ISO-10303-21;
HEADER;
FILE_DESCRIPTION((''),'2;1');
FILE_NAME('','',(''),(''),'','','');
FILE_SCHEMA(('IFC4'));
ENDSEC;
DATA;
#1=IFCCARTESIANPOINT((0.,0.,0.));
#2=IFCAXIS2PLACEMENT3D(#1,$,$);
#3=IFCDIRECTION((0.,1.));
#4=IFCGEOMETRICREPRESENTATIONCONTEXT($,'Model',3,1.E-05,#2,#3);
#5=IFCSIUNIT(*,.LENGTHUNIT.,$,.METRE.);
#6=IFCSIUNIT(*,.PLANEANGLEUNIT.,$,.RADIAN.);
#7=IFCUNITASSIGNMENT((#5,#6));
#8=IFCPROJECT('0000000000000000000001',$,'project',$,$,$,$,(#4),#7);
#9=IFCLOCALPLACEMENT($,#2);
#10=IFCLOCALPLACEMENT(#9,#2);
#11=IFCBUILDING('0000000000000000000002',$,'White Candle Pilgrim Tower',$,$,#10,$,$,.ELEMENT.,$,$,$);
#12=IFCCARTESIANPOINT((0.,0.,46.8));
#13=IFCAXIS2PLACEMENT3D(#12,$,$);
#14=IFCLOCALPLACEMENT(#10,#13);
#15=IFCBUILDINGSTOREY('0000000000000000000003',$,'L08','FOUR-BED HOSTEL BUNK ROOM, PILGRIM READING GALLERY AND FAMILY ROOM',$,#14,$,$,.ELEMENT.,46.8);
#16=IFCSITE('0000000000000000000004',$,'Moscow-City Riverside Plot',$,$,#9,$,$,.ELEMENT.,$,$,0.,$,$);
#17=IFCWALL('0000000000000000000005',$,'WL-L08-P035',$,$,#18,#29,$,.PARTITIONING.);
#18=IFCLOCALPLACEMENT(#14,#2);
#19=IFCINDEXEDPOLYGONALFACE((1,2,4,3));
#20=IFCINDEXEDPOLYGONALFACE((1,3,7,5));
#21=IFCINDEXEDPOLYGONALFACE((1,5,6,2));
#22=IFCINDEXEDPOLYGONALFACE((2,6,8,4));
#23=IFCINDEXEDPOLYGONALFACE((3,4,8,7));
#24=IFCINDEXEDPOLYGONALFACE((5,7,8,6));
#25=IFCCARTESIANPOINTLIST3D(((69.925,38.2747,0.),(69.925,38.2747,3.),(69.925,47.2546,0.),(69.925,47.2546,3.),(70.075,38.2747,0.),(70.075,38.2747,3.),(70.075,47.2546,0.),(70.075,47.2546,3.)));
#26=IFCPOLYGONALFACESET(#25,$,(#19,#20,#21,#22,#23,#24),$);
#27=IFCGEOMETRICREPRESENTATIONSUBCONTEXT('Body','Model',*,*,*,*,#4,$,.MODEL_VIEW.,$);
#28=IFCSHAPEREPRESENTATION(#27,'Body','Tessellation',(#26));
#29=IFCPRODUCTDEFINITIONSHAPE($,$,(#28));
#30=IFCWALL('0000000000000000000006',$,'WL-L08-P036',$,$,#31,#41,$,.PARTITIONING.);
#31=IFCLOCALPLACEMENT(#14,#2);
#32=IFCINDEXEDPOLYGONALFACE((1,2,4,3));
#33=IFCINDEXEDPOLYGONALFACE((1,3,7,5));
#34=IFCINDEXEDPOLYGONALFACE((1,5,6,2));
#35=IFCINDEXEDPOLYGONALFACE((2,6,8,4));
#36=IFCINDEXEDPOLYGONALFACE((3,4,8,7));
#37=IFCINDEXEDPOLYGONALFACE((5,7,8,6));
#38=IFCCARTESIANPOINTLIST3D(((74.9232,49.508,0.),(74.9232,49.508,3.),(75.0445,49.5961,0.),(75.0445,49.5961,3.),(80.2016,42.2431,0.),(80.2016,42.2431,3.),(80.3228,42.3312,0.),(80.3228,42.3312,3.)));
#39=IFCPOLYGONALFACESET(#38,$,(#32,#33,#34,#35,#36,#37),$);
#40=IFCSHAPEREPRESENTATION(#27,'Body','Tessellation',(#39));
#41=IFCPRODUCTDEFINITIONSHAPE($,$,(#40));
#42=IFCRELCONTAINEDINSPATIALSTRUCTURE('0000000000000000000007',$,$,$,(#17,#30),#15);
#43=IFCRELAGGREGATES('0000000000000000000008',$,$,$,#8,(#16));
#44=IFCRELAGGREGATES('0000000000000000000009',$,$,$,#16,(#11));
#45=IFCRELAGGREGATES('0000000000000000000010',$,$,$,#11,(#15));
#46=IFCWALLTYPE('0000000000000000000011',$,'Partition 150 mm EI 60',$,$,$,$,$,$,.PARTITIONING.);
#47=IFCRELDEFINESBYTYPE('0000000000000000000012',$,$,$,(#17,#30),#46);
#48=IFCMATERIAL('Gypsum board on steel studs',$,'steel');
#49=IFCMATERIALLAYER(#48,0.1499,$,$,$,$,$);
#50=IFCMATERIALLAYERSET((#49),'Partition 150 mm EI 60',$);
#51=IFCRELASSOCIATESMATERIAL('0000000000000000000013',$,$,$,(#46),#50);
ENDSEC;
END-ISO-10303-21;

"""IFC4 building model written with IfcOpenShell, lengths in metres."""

from ifc_helpers import new_model, si_unit, direction, frame, frame_2d, origin, place, context, subcontext, project, spatial, rectangle, extrude, material, layer, layer_set, type_object, element, save


model = new_model("IFC4")

# Units and contexts
model_context = context("Model", 3, precision=1e-05, world=origin(), true_north=direction((0.0, 1.0)))
body_context = subcontext(model_context, "Body", "Model", "MODEL_VIEW")
ifc_project = project(units=[si_unit("LENGTHUNIT", "METRE"), si_unit("PLANEANGLEUNIT", "RADIAN")], contexts=[model_context])

# Site, building, storey
site_placement = place(None, origin())
site = spatial("IfcSite", under=ifc_project, at=site_placement, Name="Moscow-City Riverside Plot", CompositionType="ELEMENT", RefElevation=0.0)
building_placement = place(site_placement, origin())
building = spatial("IfcBuilding", under=site, at=building_placement, Name="White Candle Pilgrim Tower", CompositionType="ELEMENT")
storey_placement = place(building_placement, frame((0.0, 0.0, 46.8)))
storey = spatial("IfcBuildingStorey", under=building, at=storey_placement, Name="L08", Description="FOUR-BED HOSTEL BUNK ROOM, PILGRIM READING GALLERY AND FAMILY ROOM", CompositionType="ELEMENT", Elevation=46.8)

# Walls
ifc_material_1 = material(Name="Gypsum board on steel studs", Category="steel")
ifc_layer_1 = layer(ifc_material_1, 0.1499)
ifc_layer_set_1 = layer_set([ifc_layer_1], Name="Partition 150 mm EI 60")
wall_type_1 = type_object("IfcWallType", Name="Partition 150 mm EI 60", PredefinedType="PARTITIONING", material=ifc_layer_set_1)
for number, where, z_axis, x_axis, name in (
    (1, (70.0, 38.2747, 0.0), (0.0, 0.0, 1.0), (0.0, 1.0, 0.0), "WL-L08-P035"),
    (2, (80.2622, 42.2871, 0.0), (0.0, 0.0, 1.0), (-0.58779, 0.809013, 0.0), "WL-L08-P036"),
):
    element("IfcWall", number, at=place(storey_placement, frame(where, z_axis=z_axis, x_axis=x_axis)), inside=storey, type_object=wall_type_1, Name=name, PredefinedType="PARTITIONING", context=body_context, shape_type="SweptSolid", body=[
        extrude(rectangle(XDim=8.98, YDim=0.1499, at=frame_2d((4.49, 0.0))), origin(), (0.0, 0.0, 1.0), 3.0),
    ])

save(model, "model.ifc")
